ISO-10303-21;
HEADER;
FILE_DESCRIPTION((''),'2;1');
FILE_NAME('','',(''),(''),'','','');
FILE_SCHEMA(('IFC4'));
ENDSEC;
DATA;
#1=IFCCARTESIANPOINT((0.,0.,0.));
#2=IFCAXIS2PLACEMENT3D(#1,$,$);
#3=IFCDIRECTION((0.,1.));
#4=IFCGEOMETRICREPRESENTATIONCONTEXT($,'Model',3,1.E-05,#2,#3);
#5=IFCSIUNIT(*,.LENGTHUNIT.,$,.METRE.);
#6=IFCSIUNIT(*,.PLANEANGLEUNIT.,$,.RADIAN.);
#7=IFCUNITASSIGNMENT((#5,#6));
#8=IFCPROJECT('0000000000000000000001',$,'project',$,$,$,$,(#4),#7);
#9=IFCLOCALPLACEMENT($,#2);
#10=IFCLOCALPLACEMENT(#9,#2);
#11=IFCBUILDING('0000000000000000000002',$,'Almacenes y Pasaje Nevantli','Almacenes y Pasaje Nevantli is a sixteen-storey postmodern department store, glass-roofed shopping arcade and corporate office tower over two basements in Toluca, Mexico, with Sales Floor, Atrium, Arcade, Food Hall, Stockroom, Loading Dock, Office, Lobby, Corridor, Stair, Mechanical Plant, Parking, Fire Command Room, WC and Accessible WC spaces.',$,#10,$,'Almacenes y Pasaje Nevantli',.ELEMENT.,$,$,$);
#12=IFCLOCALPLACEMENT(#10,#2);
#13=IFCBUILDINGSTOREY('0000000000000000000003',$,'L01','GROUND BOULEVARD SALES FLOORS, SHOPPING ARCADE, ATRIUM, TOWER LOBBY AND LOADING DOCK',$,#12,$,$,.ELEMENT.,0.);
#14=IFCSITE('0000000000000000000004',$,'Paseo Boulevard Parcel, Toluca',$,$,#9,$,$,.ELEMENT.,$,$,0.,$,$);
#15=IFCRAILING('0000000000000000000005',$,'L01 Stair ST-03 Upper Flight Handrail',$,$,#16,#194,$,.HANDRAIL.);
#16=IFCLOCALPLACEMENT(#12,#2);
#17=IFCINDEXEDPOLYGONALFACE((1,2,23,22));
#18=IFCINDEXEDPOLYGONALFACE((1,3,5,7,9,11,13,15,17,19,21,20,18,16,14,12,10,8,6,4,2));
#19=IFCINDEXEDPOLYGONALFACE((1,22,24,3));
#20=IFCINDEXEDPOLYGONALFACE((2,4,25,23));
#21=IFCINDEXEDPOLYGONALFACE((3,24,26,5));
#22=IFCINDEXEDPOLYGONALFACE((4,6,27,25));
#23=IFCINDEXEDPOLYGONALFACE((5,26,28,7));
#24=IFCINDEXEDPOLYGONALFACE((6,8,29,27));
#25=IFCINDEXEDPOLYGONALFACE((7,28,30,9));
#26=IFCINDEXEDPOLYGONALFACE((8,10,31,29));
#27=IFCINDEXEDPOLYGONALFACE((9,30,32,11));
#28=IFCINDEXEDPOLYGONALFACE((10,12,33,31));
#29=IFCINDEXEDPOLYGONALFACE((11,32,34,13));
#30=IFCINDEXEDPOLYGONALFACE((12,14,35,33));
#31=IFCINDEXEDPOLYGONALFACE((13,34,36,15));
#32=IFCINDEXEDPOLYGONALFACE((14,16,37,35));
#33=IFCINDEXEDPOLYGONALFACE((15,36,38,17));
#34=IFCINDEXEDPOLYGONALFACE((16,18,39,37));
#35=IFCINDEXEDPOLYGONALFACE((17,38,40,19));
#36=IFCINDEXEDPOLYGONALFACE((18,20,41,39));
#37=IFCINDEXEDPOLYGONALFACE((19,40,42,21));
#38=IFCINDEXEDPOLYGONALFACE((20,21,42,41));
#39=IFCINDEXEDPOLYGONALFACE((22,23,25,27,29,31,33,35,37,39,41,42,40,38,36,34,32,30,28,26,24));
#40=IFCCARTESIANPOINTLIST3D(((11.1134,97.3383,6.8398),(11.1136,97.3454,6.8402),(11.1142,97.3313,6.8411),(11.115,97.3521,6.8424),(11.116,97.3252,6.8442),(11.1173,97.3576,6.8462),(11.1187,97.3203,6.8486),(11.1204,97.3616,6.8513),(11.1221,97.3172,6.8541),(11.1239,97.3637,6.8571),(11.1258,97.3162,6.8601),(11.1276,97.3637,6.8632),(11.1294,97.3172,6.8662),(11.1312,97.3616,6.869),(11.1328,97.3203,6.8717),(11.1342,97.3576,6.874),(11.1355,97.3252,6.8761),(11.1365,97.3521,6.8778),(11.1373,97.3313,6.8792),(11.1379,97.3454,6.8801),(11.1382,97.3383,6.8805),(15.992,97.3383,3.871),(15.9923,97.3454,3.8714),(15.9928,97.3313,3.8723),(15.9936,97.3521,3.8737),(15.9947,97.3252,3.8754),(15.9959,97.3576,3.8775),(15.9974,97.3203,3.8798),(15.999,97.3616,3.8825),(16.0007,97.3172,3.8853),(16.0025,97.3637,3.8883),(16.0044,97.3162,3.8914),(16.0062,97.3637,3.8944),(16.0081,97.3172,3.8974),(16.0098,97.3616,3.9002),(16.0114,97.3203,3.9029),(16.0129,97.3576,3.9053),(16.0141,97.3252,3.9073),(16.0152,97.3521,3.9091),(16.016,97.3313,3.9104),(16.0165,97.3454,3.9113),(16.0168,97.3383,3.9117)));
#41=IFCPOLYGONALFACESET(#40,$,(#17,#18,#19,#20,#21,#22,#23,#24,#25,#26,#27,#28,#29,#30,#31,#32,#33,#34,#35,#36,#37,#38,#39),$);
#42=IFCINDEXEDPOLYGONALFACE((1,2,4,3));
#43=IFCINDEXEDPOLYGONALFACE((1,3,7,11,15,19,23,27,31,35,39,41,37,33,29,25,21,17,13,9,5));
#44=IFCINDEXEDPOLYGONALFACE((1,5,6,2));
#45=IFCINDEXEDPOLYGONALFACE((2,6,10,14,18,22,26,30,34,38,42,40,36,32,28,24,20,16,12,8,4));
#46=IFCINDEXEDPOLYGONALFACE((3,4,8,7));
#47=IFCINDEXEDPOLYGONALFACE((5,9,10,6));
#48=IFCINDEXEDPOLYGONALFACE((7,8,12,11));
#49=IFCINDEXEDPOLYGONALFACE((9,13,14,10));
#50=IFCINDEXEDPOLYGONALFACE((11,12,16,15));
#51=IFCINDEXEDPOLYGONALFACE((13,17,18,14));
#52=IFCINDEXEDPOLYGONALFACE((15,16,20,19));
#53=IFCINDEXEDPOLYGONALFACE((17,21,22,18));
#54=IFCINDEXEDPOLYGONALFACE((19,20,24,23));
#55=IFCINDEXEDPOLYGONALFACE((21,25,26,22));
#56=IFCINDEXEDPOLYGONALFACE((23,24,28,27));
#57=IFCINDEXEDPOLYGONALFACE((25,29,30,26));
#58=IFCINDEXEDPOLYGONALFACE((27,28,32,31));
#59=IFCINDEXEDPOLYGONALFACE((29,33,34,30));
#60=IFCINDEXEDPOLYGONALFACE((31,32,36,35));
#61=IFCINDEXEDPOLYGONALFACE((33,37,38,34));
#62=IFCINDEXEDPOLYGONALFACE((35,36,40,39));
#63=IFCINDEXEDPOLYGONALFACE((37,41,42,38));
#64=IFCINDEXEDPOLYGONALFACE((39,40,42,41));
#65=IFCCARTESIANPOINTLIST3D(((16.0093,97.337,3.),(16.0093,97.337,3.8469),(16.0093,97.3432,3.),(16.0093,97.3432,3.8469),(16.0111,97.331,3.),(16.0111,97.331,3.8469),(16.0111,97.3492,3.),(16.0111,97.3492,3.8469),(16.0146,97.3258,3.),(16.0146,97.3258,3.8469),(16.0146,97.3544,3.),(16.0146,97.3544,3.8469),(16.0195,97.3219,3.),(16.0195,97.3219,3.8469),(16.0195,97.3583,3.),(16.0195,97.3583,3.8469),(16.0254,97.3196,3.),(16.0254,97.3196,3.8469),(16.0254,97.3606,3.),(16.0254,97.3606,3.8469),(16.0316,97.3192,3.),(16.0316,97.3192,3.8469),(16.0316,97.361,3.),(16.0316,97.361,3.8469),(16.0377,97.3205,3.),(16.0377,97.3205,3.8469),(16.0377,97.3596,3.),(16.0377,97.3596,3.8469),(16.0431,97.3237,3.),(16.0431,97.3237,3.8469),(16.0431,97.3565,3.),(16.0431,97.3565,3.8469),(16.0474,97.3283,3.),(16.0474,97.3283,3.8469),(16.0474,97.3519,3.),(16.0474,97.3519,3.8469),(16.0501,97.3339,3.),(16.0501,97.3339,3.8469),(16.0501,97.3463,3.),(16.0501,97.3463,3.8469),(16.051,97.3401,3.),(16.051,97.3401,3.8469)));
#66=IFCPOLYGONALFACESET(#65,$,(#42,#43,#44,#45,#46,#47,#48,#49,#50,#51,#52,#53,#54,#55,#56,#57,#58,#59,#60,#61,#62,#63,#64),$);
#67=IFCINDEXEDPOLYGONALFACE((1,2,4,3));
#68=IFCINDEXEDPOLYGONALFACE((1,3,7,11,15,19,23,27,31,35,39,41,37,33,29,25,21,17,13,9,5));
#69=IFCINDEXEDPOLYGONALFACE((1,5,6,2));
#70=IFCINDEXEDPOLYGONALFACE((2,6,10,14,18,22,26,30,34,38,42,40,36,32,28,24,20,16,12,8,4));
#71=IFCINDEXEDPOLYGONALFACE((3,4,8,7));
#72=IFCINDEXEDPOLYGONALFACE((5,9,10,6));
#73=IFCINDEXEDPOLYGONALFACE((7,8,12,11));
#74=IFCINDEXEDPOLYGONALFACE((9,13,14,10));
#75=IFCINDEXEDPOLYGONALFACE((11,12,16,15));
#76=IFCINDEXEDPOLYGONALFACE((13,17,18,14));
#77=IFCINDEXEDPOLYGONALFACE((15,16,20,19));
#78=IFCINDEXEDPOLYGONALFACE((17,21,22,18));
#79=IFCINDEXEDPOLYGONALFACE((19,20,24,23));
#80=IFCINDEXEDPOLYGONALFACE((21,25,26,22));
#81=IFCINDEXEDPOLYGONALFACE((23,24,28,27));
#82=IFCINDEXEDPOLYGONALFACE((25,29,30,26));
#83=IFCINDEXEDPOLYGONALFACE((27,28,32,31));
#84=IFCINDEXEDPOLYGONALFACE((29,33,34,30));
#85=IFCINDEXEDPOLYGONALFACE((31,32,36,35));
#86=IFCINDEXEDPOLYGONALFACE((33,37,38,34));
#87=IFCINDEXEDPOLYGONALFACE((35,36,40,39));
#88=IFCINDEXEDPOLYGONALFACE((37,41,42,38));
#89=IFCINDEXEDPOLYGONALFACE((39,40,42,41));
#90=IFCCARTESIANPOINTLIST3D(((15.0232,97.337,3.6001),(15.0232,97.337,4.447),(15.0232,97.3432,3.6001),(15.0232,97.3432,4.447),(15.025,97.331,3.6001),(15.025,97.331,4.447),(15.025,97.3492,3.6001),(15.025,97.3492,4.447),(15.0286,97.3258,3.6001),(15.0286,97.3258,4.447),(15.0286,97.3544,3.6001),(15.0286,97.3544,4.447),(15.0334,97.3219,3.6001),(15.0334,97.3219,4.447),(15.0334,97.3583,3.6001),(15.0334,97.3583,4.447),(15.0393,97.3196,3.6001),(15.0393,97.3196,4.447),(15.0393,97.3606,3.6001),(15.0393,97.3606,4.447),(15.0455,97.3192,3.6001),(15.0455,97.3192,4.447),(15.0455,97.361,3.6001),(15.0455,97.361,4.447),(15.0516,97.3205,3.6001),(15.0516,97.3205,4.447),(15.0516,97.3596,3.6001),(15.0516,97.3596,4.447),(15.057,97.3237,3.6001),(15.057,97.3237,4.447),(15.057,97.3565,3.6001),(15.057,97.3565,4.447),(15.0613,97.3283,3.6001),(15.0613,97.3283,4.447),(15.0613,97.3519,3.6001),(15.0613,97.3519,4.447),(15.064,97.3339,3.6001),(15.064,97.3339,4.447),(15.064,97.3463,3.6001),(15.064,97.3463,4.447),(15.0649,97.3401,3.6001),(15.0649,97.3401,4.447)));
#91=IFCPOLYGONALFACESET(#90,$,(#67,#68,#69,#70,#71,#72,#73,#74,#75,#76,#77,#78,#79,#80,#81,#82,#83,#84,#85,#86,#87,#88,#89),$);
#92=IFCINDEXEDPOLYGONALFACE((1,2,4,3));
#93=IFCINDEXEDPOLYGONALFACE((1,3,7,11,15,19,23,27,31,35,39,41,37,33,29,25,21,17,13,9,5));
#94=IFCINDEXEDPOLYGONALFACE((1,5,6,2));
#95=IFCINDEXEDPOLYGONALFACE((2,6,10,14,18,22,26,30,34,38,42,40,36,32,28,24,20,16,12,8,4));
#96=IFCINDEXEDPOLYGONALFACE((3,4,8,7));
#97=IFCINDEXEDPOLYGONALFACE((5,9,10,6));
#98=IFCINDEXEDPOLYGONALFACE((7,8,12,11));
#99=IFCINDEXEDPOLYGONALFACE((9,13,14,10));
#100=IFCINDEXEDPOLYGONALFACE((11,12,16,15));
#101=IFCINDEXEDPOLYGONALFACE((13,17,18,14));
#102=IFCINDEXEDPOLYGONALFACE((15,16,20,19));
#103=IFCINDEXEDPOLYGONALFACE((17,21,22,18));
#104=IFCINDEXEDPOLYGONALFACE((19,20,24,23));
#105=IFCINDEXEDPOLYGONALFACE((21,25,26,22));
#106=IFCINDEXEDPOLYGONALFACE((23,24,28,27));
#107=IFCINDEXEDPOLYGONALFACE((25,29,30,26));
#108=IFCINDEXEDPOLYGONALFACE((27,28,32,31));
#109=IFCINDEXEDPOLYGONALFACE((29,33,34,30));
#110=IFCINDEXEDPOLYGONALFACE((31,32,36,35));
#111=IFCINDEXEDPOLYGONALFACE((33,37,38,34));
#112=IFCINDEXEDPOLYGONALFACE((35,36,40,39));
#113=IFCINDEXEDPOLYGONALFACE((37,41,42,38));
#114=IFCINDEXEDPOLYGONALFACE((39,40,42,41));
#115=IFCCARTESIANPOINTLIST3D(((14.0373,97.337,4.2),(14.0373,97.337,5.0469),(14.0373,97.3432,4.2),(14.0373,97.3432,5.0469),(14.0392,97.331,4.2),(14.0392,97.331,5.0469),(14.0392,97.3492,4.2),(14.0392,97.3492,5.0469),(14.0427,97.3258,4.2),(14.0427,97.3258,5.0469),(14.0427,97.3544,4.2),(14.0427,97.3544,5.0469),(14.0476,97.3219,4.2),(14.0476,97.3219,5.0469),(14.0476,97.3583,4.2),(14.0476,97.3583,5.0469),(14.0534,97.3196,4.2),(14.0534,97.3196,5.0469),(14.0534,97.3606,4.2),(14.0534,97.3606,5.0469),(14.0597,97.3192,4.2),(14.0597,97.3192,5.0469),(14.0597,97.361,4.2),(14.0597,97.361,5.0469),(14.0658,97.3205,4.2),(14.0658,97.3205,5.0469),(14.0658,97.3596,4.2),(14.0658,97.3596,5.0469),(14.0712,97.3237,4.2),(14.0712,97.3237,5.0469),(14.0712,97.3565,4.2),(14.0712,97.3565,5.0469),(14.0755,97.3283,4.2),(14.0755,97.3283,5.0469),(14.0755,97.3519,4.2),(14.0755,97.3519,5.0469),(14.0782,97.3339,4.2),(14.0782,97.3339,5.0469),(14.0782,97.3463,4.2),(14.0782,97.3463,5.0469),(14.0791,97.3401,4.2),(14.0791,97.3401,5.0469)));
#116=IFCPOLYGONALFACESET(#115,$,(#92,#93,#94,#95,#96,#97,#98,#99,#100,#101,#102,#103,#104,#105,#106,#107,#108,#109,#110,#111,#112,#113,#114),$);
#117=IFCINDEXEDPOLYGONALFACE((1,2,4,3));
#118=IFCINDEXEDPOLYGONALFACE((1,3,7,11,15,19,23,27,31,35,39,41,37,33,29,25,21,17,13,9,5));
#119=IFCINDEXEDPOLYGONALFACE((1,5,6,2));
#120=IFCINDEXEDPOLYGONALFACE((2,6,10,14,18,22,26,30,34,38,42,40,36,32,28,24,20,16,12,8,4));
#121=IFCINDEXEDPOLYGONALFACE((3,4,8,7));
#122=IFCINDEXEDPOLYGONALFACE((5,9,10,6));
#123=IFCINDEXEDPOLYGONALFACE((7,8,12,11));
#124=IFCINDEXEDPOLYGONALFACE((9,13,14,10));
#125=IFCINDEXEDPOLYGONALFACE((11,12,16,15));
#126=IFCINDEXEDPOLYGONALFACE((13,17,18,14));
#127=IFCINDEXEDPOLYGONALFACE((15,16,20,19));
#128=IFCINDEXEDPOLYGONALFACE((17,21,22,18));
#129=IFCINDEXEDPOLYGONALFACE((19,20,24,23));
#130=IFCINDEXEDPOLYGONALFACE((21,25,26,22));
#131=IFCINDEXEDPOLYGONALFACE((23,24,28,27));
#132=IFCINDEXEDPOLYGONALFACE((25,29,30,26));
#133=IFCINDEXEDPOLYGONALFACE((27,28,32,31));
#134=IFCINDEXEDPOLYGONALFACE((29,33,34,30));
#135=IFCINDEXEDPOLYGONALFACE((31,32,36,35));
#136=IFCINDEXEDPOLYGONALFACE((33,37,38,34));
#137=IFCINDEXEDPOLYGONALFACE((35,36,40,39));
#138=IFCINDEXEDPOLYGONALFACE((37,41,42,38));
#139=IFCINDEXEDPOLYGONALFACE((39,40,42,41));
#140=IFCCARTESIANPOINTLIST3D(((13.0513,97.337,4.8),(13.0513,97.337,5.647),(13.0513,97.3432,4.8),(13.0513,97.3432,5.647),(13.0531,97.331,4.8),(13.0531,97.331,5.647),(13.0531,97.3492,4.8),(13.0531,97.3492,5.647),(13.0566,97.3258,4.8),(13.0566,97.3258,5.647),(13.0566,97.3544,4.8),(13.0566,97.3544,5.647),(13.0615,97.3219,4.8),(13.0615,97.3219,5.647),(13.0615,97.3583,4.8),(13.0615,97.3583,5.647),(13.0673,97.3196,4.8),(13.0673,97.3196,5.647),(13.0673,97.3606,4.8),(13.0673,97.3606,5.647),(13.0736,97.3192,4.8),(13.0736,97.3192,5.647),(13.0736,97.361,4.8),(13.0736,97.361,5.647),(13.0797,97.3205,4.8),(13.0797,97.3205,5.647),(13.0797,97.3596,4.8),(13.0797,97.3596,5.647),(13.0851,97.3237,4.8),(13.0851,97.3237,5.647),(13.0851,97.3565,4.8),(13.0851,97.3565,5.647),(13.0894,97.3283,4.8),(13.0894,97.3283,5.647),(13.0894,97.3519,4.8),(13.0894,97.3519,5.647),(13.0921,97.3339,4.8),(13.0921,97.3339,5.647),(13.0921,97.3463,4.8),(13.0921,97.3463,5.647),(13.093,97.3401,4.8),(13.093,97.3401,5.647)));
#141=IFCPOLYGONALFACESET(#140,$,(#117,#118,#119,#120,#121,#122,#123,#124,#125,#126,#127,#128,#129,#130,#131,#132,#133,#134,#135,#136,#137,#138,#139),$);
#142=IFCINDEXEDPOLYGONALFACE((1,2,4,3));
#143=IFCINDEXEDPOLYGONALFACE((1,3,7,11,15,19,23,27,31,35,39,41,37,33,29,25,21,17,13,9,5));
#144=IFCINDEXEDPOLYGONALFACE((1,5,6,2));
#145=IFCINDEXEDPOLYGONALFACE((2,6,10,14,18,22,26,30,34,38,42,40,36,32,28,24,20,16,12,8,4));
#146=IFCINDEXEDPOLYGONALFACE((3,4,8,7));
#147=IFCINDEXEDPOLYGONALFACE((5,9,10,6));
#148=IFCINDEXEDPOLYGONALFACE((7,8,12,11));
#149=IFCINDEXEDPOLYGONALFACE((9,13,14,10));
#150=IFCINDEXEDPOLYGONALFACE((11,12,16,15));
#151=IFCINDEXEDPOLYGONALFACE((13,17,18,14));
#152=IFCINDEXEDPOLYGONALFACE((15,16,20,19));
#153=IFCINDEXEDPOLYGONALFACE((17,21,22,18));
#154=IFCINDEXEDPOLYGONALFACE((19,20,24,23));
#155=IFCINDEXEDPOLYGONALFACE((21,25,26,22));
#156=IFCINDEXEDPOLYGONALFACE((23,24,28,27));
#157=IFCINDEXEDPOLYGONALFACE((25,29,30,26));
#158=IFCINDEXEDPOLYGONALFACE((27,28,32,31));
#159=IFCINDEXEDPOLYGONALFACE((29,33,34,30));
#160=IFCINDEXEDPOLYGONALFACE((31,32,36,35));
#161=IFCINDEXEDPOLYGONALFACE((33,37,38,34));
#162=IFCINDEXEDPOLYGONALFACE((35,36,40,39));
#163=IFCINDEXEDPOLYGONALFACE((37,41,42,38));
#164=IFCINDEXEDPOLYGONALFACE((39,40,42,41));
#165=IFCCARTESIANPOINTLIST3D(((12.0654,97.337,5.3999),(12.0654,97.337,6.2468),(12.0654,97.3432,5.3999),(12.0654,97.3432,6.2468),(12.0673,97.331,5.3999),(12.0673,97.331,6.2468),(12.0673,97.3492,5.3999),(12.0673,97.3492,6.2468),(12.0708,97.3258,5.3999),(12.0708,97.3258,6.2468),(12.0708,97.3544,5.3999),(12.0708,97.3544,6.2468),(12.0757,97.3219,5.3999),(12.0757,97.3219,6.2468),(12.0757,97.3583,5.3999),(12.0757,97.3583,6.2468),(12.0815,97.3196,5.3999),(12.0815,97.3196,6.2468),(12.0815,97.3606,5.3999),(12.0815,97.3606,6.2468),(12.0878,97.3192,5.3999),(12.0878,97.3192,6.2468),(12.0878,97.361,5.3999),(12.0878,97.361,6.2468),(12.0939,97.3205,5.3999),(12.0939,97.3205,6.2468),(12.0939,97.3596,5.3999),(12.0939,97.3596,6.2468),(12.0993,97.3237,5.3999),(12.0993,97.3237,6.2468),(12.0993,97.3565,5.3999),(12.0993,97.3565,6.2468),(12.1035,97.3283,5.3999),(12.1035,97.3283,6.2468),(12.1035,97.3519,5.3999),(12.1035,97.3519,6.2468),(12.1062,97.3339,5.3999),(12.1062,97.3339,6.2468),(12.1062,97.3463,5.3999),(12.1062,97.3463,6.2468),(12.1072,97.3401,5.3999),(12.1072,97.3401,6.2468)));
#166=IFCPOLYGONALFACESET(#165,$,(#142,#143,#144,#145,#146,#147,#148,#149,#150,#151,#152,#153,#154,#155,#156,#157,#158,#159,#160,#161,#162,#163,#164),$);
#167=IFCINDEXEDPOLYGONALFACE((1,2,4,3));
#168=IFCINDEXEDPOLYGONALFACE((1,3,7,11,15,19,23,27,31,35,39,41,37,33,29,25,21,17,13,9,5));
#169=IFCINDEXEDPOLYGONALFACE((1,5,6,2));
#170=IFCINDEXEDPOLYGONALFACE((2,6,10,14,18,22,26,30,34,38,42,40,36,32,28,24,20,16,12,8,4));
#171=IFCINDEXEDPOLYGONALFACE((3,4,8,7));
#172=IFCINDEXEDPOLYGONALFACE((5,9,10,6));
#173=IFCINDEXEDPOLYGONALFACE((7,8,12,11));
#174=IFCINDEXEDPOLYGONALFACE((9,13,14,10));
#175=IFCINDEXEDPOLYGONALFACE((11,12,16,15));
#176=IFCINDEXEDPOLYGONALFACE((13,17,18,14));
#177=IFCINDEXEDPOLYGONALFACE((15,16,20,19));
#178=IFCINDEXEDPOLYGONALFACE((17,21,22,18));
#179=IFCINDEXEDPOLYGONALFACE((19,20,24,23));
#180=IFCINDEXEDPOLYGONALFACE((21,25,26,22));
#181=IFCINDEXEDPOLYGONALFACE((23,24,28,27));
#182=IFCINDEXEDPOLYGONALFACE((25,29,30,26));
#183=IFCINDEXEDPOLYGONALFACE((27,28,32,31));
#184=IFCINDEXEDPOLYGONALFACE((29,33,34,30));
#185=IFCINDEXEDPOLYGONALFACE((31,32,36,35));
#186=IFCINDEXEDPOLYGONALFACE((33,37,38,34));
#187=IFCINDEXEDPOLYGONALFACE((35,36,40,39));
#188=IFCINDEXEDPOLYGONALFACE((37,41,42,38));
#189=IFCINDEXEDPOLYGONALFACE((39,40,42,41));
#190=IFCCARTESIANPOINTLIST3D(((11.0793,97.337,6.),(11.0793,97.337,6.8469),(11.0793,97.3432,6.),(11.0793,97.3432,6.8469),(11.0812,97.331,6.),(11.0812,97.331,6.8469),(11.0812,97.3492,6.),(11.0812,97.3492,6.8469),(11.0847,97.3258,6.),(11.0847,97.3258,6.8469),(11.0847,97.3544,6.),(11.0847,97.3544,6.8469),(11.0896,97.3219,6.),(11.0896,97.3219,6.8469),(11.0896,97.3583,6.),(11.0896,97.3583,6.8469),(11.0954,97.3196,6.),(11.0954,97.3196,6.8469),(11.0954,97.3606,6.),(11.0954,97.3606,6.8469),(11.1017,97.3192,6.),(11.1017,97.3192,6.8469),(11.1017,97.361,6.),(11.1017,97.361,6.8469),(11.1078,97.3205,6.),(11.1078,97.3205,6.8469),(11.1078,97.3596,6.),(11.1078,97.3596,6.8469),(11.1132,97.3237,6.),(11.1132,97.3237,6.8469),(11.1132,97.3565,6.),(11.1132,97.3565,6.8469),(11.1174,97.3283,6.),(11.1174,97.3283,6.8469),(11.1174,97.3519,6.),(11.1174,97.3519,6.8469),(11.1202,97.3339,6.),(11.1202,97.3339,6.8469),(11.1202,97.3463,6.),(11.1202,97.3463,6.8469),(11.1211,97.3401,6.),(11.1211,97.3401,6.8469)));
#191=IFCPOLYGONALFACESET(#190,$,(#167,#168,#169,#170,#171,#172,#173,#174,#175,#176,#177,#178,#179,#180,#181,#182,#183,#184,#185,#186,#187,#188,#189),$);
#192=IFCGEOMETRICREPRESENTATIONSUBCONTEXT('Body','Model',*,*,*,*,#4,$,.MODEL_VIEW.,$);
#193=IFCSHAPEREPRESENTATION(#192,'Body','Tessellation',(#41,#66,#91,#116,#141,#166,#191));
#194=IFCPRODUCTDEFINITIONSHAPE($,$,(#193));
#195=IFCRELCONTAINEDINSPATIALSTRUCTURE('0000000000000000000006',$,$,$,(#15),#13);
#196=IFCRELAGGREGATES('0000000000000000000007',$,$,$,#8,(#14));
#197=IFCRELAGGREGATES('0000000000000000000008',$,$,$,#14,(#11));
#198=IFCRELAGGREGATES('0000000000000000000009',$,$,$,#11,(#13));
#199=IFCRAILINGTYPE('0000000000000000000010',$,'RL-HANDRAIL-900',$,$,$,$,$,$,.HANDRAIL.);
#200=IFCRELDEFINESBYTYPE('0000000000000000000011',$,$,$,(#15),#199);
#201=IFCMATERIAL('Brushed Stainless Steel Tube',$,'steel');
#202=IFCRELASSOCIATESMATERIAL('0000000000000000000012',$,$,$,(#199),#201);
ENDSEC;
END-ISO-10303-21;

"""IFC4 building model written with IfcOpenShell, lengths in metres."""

from ifc_helpers import new_model, si_unit, direction, frame, origin, origin_2d, place, context, subcontext, project, spatial, circle, extrude, material, type_object, element, save


model = new_model("IFC4")

# Units and contexts
model_context = context("Model", 3, precision=1e-05, world=origin(), true_north=direction((0.0, 1.0)))
body_context = subcontext(model_context, "Body", "Model", "MODEL_VIEW")
ifc_project = project(units=[si_unit("LENGTHUNIT", "METRE"), si_unit("PLANEANGLEUNIT", "RADIAN")], contexts=[model_context])

# Site, building, storey
site_placement = place(None, origin())
site = spatial("IfcSite", under=ifc_project, at=site_placement, Name="Paseo Boulevard Parcel, Toluca", CompositionType="ELEMENT", RefElevation=0.0)
building_placement = place(site_placement, origin())
building = spatial("IfcBuilding", under=site, at=building_placement, Name="Almacenes y Pasaje Nevantli", Description="Almacenes y Pasaje Nevantli is a sixteen-storey postmodern department store, glass-roofed shopping arcade and corporate office tower over two basements in Toluca, Mexico, with Sales Floor, Atrium, Arcade, Food Hall, Stockroom, Loading Dock, Office, Lobby, Corridor, Stair, Mechanical Plant, Parking, Fire Command Room, WC and Accessible WC spaces.", LongName="Almacenes y Pasaje Nevantli", CompositionType="ELEMENT")
storey_placement = place(building_placement, origin())
storey = spatial("IfcBuildingStorey", under=building, at=storey_placement, Name="L01", Description="GROUND BOULEVARD SALES FLOORS, SHOPPING ARCADE, ATRIUM, TOWER LOBBY AND LOADING DOCK", CompositionType="ELEMENT", Elevation=0.0)

# Railing
ifc_material_1 = material(Name="Brushed Stainless Steel Tube", Category="steel")
railing_type = type_object("IfcRailingType", Name="RL-HANDRAIL-900", PredefinedType="HANDRAIL", material=ifc_material_1)
railing_placement = place(storey_placement, frame((16.03, 97.3401, 3.0)))
element("IfcRailing", 1, at=railing_placement, inside=storey, type_object=railing_type, Name="L01 Stair ST-03 Upper Flight Handrail", PredefinedType="HANDRAIL", context=body_context, shape_type="SweptSolid", body=[
    extrude(circle(Radius=0.0239, at=origin_2d()), frame((-0.0256, 0.0, 0.8914), z_axis=(-0.854262, 0.0, 0.519842), x_axis=(0.0, -1.0, 0.0)), (0.0, 0.0, 1.0), 5.7109),
    extrude(circle(Radius=0.021, at=origin_2d()), origin(), (0.0, 0.0, 1.0), 0.8469),
    extrude(circle(Radius=0.021, at=origin_2d()), frame((-0.9861, 0.0, 0.6001)), (0.0, 0.0, 1.0), 0.8469),
    extrude(circle(Radius=0.021, at=origin_2d()), frame((-1.9719, 0.0, 1.2)), (0.0, 0.0, 1.0), 0.8469),
    extrude(circle(Radius=0.021, at=origin_2d()), frame((-2.958, 0.0, 1.8)), (0.0, 0.0, 1.0), 0.8469),
    extrude(circle(Radius=0.021, at=origin_2d()), frame((-3.9438, 0.0, 2.3999)), (0.0, 0.0, 1.0), 0.8469),
    extrude(circle(Radius=0.021, at=origin_2d()), frame((-4.9299, 0.0, 3.0)), (0.0, 0.0, 1.0), 0.8469),
])

save(model, "model.ifc")
